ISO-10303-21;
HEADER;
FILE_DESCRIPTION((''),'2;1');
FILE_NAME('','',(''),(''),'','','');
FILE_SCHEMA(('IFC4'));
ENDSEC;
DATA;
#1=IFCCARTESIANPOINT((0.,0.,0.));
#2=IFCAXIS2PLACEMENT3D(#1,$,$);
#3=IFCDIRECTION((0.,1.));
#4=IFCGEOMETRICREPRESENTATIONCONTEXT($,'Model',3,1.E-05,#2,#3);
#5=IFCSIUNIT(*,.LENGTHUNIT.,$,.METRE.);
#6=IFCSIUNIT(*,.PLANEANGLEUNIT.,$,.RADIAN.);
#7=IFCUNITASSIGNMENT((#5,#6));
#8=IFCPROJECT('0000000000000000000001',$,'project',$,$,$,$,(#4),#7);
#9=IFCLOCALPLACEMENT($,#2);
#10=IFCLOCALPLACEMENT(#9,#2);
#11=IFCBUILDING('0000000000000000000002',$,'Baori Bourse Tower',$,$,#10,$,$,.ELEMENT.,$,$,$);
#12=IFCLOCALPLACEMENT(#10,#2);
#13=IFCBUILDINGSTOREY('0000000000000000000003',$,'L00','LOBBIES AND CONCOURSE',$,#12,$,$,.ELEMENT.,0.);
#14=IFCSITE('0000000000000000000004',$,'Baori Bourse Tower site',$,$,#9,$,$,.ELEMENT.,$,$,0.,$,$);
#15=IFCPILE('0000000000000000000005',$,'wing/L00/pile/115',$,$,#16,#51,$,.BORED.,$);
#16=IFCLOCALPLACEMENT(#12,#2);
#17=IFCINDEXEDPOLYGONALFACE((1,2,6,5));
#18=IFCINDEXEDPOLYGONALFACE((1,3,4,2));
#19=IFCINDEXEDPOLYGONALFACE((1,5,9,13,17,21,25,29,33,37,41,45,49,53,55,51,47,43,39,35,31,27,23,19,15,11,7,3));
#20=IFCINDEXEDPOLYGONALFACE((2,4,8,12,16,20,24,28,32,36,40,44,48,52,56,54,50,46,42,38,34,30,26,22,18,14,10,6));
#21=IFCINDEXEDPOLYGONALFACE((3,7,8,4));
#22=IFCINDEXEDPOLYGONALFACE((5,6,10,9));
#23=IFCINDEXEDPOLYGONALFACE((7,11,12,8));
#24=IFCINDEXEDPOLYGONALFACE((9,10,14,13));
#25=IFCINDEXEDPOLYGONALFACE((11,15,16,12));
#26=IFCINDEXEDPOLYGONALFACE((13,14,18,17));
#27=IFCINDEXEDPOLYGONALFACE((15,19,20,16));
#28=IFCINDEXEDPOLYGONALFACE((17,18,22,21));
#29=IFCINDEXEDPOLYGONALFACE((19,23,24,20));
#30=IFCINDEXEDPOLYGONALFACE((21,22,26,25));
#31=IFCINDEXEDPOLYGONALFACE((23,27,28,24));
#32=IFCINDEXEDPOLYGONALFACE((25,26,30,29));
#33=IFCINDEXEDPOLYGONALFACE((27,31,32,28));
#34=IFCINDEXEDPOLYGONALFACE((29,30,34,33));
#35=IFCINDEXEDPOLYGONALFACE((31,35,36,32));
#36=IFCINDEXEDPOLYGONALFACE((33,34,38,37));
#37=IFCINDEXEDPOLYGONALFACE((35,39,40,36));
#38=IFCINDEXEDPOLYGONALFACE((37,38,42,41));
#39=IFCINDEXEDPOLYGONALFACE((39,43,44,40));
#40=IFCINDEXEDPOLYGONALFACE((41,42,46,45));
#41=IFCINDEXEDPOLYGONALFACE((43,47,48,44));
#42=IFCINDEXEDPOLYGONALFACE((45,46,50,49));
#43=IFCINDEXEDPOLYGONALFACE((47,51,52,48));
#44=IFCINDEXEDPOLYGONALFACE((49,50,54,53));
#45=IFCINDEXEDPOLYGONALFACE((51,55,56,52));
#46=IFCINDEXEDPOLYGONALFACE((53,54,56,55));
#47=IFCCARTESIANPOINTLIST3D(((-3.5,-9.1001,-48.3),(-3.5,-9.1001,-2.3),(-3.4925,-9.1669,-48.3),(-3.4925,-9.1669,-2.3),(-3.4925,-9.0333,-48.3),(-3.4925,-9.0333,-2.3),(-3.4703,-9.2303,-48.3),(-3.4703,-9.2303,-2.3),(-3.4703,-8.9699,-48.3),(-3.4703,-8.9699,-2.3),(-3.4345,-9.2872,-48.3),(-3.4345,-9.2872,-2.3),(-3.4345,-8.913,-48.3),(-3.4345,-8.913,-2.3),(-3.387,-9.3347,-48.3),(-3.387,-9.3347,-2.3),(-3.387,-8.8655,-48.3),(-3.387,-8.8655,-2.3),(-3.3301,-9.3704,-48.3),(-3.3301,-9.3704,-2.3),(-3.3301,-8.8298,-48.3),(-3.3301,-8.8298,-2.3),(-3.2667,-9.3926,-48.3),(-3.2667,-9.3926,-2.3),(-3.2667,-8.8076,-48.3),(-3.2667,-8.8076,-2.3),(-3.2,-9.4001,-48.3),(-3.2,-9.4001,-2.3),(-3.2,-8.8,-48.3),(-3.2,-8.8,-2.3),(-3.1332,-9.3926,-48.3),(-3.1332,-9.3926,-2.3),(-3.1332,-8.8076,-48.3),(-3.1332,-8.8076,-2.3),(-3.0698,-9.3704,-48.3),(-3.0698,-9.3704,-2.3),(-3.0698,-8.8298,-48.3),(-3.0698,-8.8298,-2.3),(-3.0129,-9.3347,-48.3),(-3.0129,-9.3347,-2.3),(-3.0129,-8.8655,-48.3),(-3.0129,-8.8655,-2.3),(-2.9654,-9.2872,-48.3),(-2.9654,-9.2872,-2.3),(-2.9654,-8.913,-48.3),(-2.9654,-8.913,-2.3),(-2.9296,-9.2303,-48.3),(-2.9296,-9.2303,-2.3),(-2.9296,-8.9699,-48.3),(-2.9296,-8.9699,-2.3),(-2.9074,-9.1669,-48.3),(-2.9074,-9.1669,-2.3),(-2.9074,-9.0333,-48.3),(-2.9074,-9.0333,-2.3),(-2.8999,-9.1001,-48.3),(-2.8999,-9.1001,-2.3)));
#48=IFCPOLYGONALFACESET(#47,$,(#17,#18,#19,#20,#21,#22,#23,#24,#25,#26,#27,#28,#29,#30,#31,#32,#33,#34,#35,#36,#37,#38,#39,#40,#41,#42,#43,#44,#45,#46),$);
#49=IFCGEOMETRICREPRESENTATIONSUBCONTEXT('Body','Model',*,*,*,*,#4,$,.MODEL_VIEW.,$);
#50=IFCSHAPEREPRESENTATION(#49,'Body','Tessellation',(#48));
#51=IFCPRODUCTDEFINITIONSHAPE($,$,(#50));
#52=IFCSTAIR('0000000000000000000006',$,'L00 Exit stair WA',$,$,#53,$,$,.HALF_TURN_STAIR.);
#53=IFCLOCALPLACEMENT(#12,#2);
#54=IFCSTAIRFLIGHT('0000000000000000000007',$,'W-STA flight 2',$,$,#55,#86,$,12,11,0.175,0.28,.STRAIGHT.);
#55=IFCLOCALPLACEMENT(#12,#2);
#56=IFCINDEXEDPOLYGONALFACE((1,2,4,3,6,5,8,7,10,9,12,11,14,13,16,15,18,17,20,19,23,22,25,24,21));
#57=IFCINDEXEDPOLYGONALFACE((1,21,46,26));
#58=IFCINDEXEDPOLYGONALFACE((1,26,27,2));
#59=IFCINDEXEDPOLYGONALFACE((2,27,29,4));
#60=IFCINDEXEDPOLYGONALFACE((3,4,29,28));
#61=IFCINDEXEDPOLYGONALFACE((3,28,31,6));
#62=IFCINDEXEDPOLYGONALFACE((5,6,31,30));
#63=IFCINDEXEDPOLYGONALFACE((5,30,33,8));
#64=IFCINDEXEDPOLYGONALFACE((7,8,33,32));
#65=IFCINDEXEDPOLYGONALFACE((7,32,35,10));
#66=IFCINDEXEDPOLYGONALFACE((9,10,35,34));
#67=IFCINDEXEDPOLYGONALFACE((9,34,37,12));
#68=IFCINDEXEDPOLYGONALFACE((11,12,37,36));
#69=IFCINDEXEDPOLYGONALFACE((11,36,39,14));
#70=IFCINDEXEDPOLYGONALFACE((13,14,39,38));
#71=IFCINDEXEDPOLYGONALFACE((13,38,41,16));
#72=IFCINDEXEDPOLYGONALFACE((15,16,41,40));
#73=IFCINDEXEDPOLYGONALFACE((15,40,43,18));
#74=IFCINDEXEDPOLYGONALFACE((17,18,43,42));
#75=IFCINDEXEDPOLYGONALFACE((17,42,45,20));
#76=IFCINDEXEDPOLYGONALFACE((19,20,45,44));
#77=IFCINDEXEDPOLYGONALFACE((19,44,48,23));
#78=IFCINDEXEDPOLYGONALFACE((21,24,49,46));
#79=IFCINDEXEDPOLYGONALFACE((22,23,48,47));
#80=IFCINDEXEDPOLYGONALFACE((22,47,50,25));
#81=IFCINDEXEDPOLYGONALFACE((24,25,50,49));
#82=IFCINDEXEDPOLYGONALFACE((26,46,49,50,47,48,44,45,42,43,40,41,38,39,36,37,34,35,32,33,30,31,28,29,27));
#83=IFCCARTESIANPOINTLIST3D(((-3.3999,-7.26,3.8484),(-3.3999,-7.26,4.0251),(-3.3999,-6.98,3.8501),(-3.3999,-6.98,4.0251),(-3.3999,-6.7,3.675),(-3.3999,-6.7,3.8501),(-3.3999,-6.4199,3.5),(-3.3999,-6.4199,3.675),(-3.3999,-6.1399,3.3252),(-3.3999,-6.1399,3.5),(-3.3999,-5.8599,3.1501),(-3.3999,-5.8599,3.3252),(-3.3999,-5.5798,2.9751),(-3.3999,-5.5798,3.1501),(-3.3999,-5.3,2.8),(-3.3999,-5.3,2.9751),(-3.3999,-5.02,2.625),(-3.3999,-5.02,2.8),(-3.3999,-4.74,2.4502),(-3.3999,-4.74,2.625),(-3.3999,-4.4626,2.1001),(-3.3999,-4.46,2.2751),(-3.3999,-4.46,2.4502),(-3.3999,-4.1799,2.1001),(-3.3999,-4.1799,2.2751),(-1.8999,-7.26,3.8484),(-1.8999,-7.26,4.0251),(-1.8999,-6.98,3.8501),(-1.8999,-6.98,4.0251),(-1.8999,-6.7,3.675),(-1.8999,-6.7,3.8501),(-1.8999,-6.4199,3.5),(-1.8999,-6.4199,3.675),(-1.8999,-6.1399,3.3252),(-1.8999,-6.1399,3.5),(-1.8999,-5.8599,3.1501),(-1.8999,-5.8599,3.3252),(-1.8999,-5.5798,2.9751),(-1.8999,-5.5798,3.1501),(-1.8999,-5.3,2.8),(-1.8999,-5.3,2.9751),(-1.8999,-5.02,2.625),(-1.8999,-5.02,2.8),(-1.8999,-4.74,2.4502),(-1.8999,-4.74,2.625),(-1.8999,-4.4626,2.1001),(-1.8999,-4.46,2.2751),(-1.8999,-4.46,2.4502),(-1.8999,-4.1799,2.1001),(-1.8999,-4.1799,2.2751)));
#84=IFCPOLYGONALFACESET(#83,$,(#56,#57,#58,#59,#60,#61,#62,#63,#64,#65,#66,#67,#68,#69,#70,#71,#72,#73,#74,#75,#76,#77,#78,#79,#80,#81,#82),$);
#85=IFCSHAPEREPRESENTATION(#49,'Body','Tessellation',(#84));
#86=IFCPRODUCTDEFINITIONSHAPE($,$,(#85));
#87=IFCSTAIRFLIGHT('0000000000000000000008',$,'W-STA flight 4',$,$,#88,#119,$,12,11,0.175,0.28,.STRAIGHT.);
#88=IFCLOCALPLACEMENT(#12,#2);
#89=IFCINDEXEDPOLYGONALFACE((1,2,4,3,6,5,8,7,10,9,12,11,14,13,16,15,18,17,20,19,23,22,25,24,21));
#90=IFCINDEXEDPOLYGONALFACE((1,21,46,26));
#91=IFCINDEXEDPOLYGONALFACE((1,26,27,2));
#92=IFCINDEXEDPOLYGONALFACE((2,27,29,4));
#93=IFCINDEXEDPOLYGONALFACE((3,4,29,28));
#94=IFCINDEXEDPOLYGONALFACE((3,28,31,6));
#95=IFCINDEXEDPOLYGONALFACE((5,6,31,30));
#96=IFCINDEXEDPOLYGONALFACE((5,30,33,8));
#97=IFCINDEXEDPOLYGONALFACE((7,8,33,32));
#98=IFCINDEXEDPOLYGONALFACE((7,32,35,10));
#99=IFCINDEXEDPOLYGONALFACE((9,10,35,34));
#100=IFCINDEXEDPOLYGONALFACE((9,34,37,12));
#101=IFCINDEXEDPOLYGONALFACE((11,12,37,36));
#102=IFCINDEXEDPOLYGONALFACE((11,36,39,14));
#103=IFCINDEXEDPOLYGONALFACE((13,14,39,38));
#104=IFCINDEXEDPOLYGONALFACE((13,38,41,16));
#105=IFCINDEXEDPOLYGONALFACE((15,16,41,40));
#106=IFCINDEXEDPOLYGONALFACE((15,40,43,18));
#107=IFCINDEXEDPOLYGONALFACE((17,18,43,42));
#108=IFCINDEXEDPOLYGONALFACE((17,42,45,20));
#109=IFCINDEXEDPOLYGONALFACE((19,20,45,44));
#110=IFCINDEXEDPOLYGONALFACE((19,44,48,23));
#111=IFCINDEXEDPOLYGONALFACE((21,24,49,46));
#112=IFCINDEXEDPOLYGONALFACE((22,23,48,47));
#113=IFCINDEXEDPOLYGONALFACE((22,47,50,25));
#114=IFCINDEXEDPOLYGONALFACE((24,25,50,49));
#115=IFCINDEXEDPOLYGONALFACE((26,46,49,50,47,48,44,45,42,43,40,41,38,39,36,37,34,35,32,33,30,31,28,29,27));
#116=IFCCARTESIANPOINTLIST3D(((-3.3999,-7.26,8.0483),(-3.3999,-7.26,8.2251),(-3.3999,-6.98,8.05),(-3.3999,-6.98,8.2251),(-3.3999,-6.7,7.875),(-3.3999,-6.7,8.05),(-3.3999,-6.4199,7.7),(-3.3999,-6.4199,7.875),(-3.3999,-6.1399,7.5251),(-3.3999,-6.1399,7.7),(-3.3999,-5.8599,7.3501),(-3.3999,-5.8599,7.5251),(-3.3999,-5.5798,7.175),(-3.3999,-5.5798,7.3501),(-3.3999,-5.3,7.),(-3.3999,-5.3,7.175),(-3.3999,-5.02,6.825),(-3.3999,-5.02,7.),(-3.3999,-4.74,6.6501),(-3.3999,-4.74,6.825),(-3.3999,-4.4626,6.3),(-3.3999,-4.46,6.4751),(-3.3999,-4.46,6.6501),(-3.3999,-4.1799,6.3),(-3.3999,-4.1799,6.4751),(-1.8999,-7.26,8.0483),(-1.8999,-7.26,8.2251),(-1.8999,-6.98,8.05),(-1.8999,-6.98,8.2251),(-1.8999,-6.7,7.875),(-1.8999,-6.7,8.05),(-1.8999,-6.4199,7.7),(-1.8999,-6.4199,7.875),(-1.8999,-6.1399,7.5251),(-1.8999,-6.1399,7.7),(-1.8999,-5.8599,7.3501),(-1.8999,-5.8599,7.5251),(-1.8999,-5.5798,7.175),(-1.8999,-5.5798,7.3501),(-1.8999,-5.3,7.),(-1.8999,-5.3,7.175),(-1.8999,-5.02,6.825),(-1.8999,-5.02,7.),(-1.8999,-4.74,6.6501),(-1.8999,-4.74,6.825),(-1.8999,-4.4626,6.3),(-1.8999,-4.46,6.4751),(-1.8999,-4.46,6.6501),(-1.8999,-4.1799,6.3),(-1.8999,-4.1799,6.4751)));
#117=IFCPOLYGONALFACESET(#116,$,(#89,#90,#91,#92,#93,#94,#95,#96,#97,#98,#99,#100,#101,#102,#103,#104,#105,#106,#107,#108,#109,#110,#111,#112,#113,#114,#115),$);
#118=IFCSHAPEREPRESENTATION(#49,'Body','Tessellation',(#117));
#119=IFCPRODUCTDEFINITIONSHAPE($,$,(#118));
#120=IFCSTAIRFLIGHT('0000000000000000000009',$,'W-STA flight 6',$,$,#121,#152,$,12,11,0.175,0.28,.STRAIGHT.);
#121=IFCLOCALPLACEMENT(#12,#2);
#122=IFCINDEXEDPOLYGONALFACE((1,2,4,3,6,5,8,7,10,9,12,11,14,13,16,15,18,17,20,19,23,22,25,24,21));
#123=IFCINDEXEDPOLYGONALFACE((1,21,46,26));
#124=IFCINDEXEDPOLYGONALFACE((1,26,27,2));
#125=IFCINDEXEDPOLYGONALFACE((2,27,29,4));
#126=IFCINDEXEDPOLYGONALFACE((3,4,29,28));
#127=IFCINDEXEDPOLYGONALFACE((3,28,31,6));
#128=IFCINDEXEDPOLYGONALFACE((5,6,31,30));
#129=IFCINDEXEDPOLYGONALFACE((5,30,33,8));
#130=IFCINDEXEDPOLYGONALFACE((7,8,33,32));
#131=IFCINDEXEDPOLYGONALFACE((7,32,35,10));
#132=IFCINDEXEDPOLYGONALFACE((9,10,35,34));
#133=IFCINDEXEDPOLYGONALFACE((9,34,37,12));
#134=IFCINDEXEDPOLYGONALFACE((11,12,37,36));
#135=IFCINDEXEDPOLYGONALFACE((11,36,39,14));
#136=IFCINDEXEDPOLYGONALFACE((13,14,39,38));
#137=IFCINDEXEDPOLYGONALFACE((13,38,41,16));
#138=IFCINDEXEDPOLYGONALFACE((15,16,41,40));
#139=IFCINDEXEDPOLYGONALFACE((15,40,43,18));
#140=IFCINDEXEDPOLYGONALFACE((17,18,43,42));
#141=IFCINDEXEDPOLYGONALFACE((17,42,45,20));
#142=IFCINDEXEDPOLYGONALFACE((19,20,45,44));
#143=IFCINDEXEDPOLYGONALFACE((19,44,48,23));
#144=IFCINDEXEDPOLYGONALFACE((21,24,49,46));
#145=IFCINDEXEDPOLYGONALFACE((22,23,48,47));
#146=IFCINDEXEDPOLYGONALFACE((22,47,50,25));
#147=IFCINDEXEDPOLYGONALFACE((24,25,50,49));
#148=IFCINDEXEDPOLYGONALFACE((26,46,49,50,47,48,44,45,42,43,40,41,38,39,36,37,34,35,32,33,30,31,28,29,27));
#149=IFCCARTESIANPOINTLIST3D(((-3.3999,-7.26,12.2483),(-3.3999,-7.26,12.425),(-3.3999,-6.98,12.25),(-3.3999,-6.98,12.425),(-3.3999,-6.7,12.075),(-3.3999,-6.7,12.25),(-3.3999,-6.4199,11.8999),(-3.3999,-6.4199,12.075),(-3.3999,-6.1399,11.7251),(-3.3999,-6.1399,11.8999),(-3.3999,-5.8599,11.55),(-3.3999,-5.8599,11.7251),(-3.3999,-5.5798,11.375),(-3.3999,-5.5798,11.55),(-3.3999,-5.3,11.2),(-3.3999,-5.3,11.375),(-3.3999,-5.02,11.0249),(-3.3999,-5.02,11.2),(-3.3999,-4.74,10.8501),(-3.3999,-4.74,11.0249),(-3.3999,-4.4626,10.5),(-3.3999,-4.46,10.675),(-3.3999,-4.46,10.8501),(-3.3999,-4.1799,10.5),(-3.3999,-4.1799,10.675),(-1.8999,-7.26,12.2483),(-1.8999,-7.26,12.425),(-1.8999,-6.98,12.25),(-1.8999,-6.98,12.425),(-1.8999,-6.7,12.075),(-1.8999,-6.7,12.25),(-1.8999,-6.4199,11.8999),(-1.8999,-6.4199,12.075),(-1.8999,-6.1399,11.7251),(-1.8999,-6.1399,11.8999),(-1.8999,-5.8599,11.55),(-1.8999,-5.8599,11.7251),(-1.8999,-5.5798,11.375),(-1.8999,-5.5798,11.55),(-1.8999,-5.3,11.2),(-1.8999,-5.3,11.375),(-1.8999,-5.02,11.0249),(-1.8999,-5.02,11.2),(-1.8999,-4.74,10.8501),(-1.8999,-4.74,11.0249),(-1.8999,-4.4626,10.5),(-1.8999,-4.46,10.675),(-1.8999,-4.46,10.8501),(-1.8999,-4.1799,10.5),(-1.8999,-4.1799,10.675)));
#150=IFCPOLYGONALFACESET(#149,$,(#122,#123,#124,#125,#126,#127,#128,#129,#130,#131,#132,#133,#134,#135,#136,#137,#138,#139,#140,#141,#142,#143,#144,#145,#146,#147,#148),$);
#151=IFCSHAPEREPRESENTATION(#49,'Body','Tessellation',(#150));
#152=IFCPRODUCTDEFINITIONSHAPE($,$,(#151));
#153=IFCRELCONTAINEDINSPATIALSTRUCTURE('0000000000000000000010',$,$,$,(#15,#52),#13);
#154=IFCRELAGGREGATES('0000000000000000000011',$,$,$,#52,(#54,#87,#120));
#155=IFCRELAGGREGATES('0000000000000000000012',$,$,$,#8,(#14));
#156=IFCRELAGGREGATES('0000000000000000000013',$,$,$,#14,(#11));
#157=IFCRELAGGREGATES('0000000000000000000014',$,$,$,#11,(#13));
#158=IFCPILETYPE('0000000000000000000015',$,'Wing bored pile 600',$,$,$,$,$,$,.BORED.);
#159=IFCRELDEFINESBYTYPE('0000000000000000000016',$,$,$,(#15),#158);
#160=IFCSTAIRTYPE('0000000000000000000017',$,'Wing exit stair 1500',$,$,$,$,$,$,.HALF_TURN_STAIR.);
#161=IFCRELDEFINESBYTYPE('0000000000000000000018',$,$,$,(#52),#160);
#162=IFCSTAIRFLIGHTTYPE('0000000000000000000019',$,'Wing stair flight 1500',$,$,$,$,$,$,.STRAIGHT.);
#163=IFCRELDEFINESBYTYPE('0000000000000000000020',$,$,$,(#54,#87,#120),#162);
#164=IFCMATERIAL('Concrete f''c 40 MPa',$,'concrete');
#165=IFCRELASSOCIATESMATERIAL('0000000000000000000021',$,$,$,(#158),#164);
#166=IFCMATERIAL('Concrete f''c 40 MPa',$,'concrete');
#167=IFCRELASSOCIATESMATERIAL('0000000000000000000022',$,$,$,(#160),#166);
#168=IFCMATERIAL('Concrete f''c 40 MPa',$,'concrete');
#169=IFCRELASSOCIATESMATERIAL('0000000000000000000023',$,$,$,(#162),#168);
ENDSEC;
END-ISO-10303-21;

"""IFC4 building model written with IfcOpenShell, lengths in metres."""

from ifc_helpers import new_model, si_unit, direction, frame, origin, origin_2d, place, context, subcontext, project, spatial, polyline, circle, outline, extrude, material, material_profile, profile_set, type_object, element, aggregate, save


model = new_model("IFC4")

# Units and contexts
model_context = context("Model", 3, precision=1e-05, world=origin(), true_north=direction((0.0, 1.0)))
body_context = subcontext(model_context, "Body", "Model", "MODEL_VIEW")
ifc_project = project(units=[si_unit("LENGTHUNIT", "METRE"), si_unit("PLANEANGLEUNIT", "RADIAN")], contexts=[model_context])

# Site, building, storey
site_placement = place(None, origin())
site = spatial("IfcSite", under=ifc_project, at=site_placement, Name="Baori Bourse Tower site", CompositionType="ELEMENT", RefElevation=0.0)
building_placement = place(site_placement, origin())
building = spatial("IfcBuilding", under=site, at=building_placement, Name="Baori Bourse Tower", CompositionType="ELEMENT")
storey_placement = place(building_placement, origin())
storey = spatial("IfcBuildingStorey", under=building, at=storey_placement, Name="L00", Description="LOBBIES AND CONCOURSE", CompositionType="ELEMENT", Elevation=0.0)

# Pile
ifc_material_1 = material(Name="Concrete f'c 40 MPa", Category="concrete")
ifc_material_profile = material_profile(ifc_material_1, circle(Radius=0.3, at=origin_2d()), Name="Wing bored pile 600")
ifc_profile_set = profile_set([ifc_material_profile], Name="Concrete f'c 40 MPa")
pile_type = type_object("IfcPileType", Name="Wing bored pile 600", PredefinedType="BORED", material=ifc_profile_set)
pile_placement = place(storey_placement, frame((-3.2, -9.1001, -2.3), z_axis=(0.0, 0.0, -1.0), x_axis=(1.0, 0.0, 0.0)))
element("IfcPile", 1, at=pile_placement, inside=storey, type_object=pile_type, Name="wing/L00/pile/115", PredefinedType="BORED", context=body_context, shape_type="SweptSolid", body=[
    extrude(circle(Radius=0.3, at=origin_2d()), origin(), (0.0, 0.0, 1.0), 46.0),
])

# Stair, stair flights
ifc_material_2 = material(Name="Concrete f'c 40 MPa", Category="concrete")
stair_type = type_object("IfcStairType", Name="Wing exit stair 1500", PredefinedType="HALF_TURN_STAIR", material=ifc_material_2)
stair_placement = place(storey_placement, origin())
stair = element("IfcStair", 2, at=stair_placement, inside=storey, type_object=stair_type, Name="L00 Exit stair WA", PredefinedType="HALF_TURN_STAIR")
ifc_material_3 = material(Name="Concrete f'c 40 MPa", Category="concrete")
stair_flight_type = type_object("IfcStairFlightType", Name="Wing stair flight 1500", PredefinedType="STRAIGHT", material=ifc_material_3)
stair_flight_1_placement = place(storey_placement, frame((-2.6499, -4.1799, 2.1001), z_axis=(0.0, 0.0, 1.0), x_axis=(0.0, -1.0, 0.0)))
stair_flight_1 = element("IfcStairFlight", 3, at=stair_flight_1_placement, type_object=stair_flight_type, Name="W-STA flight 2", NumberOfRisers=12, NumberOfTreads=11, PredefinedType="STRAIGHT", RiserHeight=0.175, TreadLength=0.28, context=body_context, shape_type="SweptSolid", body=[
    extrude(outline(polyline([(0.0, 0.0), (0.0, 0.175), (0.28, 0.175), (0.28, 0.3501), (0.5601, 0.3501), (0.5601, 0.5249), (0.8401, 0.5249), (0.8401, 0.7), (1.1201, 0.7), (1.1201, 0.875), (1.3999, 0.875), (1.3999, 1.05), (1.6799, 1.05), (1.6799, 1.2251), (1.96, 1.2251), (1.96, 1.3999), (2.24, 1.3999), (2.24, 1.575), (2.52, 1.575), (2.52, 1.75), (2.8, 1.75), (2.8, 1.925), (3.0801, 1.925), (3.0801, 2.1001), (3.0801, 1.7483), (0.2827, 0.0), (0.0, 0.0)])), frame((0.0, 0.75, 0.0), z_axis=(0.0, -1.0, 0.0), x_axis=(1.0, 0.0, 0.0)), (0.0, 0.0, 1.0), 1.5),
])
stair_flight_2_placement = place(storey_placement, frame((-2.6499, -4.1799, 6.3), z_axis=(0.0, 0.0, 1.0), x_axis=(0.0, -1.0, 0.0)))
stair_flight_2 = element("IfcStairFlight", 4, at=stair_flight_2_placement, type_object=stair_flight_type, Name="W-STA flight 4", NumberOfRisers=12, NumberOfTreads=11, PredefinedType="STRAIGHT", RiserHeight=0.175, TreadLength=0.28, context=body_context, shape_type="SweptSolid", body=[
    extrude(outline(polyline([(0.0, 0.0), (0.0, 0.175), (0.28, 0.175), (0.28, 0.3501), (0.5601, 0.3501), (0.5601, 0.5249), (0.8401, 0.5249), (0.8401, 0.7), (1.1201, 0.7), (1.1201, 0.875), (1.3999, 0.875), (1.3999, 1.05), (1.6799, 1.05), (1.6799, 1.2251), (1.96, 1.2251), (1.96, 1.3999), (2.24, 1.3999), (2.24, 1.575), (2.52, 1.575), (2.52, 1.75), (2.8, 1.75), (2.8, 1.925), (3.0801, 1.925), (3.0801, 2.1001), (3.0801, 1.7483), (0.2827, 0.0), (0.0, 0.0)])), frame((0.0, 0.75, 0.0), z_axis=(0.0, -1.0, 0.0), x_axis=(1.0, 0.0, 0.0)), (0.0, 0.0, 1.0), 1.5),
])
stair_flight_3_placement = place(storey_placement, frame((-2.6499, -4.1799, 10.5), z_axis=(0.0, 0.0, 1.0), x_axis=(0.0, -1.0, 0.0)))
stair_flight_3 = element("IfcStairFlight", 5, at=stair_flight_3_placement, type_object=stair_flight_type, Name="W-STA flight 6", NumberOfRisers=12, NumberOfTreads=11, PredefinedType="STRAIGHT", RiserHeight=0.175, TreadLength=0.28, context=body_context, shape_type="SweptSolid", body=[
    extrude(outline(polyline([(0.0, 0.0), (0.0, 0.175), (0.28, 0.175), (0.28, 0.3501), (0.5601, 0.3501), (0.5601, 0.5249), (0.8401, 0.5249), (0.8401, 0.7), (1.1201, 0.7), (1.1201, 0.875), (1.3999, 0.875), (1.3999, 1.05), (1.6799, 1.05), (1.6799, 1.2251), (1.96, 1.2251), (1.96, 1.3999), (2.24, 1.3999), (2.24, 1.575), (2.52, 1.575), (2.52, 1.75), (2.8, 1.75), (2.8, 1.925), (3.0801, 1.925), (3.0801, 2.1001), (3.0801, 1.7483), (0.2827, 0.0), (0.0, 0.0)])), frame((0.0, 0.75, 0.0), z_axis=(0.0, -1.0, 0.0), x_axis=(1.0, 0.0, 0.0)), (0.0, 0.0, 1.0), 1.5),
])
aggregate(stair, [stair_flight_1, stair_flight_2, stair_flight_3])

save(model, "model.ifc")
